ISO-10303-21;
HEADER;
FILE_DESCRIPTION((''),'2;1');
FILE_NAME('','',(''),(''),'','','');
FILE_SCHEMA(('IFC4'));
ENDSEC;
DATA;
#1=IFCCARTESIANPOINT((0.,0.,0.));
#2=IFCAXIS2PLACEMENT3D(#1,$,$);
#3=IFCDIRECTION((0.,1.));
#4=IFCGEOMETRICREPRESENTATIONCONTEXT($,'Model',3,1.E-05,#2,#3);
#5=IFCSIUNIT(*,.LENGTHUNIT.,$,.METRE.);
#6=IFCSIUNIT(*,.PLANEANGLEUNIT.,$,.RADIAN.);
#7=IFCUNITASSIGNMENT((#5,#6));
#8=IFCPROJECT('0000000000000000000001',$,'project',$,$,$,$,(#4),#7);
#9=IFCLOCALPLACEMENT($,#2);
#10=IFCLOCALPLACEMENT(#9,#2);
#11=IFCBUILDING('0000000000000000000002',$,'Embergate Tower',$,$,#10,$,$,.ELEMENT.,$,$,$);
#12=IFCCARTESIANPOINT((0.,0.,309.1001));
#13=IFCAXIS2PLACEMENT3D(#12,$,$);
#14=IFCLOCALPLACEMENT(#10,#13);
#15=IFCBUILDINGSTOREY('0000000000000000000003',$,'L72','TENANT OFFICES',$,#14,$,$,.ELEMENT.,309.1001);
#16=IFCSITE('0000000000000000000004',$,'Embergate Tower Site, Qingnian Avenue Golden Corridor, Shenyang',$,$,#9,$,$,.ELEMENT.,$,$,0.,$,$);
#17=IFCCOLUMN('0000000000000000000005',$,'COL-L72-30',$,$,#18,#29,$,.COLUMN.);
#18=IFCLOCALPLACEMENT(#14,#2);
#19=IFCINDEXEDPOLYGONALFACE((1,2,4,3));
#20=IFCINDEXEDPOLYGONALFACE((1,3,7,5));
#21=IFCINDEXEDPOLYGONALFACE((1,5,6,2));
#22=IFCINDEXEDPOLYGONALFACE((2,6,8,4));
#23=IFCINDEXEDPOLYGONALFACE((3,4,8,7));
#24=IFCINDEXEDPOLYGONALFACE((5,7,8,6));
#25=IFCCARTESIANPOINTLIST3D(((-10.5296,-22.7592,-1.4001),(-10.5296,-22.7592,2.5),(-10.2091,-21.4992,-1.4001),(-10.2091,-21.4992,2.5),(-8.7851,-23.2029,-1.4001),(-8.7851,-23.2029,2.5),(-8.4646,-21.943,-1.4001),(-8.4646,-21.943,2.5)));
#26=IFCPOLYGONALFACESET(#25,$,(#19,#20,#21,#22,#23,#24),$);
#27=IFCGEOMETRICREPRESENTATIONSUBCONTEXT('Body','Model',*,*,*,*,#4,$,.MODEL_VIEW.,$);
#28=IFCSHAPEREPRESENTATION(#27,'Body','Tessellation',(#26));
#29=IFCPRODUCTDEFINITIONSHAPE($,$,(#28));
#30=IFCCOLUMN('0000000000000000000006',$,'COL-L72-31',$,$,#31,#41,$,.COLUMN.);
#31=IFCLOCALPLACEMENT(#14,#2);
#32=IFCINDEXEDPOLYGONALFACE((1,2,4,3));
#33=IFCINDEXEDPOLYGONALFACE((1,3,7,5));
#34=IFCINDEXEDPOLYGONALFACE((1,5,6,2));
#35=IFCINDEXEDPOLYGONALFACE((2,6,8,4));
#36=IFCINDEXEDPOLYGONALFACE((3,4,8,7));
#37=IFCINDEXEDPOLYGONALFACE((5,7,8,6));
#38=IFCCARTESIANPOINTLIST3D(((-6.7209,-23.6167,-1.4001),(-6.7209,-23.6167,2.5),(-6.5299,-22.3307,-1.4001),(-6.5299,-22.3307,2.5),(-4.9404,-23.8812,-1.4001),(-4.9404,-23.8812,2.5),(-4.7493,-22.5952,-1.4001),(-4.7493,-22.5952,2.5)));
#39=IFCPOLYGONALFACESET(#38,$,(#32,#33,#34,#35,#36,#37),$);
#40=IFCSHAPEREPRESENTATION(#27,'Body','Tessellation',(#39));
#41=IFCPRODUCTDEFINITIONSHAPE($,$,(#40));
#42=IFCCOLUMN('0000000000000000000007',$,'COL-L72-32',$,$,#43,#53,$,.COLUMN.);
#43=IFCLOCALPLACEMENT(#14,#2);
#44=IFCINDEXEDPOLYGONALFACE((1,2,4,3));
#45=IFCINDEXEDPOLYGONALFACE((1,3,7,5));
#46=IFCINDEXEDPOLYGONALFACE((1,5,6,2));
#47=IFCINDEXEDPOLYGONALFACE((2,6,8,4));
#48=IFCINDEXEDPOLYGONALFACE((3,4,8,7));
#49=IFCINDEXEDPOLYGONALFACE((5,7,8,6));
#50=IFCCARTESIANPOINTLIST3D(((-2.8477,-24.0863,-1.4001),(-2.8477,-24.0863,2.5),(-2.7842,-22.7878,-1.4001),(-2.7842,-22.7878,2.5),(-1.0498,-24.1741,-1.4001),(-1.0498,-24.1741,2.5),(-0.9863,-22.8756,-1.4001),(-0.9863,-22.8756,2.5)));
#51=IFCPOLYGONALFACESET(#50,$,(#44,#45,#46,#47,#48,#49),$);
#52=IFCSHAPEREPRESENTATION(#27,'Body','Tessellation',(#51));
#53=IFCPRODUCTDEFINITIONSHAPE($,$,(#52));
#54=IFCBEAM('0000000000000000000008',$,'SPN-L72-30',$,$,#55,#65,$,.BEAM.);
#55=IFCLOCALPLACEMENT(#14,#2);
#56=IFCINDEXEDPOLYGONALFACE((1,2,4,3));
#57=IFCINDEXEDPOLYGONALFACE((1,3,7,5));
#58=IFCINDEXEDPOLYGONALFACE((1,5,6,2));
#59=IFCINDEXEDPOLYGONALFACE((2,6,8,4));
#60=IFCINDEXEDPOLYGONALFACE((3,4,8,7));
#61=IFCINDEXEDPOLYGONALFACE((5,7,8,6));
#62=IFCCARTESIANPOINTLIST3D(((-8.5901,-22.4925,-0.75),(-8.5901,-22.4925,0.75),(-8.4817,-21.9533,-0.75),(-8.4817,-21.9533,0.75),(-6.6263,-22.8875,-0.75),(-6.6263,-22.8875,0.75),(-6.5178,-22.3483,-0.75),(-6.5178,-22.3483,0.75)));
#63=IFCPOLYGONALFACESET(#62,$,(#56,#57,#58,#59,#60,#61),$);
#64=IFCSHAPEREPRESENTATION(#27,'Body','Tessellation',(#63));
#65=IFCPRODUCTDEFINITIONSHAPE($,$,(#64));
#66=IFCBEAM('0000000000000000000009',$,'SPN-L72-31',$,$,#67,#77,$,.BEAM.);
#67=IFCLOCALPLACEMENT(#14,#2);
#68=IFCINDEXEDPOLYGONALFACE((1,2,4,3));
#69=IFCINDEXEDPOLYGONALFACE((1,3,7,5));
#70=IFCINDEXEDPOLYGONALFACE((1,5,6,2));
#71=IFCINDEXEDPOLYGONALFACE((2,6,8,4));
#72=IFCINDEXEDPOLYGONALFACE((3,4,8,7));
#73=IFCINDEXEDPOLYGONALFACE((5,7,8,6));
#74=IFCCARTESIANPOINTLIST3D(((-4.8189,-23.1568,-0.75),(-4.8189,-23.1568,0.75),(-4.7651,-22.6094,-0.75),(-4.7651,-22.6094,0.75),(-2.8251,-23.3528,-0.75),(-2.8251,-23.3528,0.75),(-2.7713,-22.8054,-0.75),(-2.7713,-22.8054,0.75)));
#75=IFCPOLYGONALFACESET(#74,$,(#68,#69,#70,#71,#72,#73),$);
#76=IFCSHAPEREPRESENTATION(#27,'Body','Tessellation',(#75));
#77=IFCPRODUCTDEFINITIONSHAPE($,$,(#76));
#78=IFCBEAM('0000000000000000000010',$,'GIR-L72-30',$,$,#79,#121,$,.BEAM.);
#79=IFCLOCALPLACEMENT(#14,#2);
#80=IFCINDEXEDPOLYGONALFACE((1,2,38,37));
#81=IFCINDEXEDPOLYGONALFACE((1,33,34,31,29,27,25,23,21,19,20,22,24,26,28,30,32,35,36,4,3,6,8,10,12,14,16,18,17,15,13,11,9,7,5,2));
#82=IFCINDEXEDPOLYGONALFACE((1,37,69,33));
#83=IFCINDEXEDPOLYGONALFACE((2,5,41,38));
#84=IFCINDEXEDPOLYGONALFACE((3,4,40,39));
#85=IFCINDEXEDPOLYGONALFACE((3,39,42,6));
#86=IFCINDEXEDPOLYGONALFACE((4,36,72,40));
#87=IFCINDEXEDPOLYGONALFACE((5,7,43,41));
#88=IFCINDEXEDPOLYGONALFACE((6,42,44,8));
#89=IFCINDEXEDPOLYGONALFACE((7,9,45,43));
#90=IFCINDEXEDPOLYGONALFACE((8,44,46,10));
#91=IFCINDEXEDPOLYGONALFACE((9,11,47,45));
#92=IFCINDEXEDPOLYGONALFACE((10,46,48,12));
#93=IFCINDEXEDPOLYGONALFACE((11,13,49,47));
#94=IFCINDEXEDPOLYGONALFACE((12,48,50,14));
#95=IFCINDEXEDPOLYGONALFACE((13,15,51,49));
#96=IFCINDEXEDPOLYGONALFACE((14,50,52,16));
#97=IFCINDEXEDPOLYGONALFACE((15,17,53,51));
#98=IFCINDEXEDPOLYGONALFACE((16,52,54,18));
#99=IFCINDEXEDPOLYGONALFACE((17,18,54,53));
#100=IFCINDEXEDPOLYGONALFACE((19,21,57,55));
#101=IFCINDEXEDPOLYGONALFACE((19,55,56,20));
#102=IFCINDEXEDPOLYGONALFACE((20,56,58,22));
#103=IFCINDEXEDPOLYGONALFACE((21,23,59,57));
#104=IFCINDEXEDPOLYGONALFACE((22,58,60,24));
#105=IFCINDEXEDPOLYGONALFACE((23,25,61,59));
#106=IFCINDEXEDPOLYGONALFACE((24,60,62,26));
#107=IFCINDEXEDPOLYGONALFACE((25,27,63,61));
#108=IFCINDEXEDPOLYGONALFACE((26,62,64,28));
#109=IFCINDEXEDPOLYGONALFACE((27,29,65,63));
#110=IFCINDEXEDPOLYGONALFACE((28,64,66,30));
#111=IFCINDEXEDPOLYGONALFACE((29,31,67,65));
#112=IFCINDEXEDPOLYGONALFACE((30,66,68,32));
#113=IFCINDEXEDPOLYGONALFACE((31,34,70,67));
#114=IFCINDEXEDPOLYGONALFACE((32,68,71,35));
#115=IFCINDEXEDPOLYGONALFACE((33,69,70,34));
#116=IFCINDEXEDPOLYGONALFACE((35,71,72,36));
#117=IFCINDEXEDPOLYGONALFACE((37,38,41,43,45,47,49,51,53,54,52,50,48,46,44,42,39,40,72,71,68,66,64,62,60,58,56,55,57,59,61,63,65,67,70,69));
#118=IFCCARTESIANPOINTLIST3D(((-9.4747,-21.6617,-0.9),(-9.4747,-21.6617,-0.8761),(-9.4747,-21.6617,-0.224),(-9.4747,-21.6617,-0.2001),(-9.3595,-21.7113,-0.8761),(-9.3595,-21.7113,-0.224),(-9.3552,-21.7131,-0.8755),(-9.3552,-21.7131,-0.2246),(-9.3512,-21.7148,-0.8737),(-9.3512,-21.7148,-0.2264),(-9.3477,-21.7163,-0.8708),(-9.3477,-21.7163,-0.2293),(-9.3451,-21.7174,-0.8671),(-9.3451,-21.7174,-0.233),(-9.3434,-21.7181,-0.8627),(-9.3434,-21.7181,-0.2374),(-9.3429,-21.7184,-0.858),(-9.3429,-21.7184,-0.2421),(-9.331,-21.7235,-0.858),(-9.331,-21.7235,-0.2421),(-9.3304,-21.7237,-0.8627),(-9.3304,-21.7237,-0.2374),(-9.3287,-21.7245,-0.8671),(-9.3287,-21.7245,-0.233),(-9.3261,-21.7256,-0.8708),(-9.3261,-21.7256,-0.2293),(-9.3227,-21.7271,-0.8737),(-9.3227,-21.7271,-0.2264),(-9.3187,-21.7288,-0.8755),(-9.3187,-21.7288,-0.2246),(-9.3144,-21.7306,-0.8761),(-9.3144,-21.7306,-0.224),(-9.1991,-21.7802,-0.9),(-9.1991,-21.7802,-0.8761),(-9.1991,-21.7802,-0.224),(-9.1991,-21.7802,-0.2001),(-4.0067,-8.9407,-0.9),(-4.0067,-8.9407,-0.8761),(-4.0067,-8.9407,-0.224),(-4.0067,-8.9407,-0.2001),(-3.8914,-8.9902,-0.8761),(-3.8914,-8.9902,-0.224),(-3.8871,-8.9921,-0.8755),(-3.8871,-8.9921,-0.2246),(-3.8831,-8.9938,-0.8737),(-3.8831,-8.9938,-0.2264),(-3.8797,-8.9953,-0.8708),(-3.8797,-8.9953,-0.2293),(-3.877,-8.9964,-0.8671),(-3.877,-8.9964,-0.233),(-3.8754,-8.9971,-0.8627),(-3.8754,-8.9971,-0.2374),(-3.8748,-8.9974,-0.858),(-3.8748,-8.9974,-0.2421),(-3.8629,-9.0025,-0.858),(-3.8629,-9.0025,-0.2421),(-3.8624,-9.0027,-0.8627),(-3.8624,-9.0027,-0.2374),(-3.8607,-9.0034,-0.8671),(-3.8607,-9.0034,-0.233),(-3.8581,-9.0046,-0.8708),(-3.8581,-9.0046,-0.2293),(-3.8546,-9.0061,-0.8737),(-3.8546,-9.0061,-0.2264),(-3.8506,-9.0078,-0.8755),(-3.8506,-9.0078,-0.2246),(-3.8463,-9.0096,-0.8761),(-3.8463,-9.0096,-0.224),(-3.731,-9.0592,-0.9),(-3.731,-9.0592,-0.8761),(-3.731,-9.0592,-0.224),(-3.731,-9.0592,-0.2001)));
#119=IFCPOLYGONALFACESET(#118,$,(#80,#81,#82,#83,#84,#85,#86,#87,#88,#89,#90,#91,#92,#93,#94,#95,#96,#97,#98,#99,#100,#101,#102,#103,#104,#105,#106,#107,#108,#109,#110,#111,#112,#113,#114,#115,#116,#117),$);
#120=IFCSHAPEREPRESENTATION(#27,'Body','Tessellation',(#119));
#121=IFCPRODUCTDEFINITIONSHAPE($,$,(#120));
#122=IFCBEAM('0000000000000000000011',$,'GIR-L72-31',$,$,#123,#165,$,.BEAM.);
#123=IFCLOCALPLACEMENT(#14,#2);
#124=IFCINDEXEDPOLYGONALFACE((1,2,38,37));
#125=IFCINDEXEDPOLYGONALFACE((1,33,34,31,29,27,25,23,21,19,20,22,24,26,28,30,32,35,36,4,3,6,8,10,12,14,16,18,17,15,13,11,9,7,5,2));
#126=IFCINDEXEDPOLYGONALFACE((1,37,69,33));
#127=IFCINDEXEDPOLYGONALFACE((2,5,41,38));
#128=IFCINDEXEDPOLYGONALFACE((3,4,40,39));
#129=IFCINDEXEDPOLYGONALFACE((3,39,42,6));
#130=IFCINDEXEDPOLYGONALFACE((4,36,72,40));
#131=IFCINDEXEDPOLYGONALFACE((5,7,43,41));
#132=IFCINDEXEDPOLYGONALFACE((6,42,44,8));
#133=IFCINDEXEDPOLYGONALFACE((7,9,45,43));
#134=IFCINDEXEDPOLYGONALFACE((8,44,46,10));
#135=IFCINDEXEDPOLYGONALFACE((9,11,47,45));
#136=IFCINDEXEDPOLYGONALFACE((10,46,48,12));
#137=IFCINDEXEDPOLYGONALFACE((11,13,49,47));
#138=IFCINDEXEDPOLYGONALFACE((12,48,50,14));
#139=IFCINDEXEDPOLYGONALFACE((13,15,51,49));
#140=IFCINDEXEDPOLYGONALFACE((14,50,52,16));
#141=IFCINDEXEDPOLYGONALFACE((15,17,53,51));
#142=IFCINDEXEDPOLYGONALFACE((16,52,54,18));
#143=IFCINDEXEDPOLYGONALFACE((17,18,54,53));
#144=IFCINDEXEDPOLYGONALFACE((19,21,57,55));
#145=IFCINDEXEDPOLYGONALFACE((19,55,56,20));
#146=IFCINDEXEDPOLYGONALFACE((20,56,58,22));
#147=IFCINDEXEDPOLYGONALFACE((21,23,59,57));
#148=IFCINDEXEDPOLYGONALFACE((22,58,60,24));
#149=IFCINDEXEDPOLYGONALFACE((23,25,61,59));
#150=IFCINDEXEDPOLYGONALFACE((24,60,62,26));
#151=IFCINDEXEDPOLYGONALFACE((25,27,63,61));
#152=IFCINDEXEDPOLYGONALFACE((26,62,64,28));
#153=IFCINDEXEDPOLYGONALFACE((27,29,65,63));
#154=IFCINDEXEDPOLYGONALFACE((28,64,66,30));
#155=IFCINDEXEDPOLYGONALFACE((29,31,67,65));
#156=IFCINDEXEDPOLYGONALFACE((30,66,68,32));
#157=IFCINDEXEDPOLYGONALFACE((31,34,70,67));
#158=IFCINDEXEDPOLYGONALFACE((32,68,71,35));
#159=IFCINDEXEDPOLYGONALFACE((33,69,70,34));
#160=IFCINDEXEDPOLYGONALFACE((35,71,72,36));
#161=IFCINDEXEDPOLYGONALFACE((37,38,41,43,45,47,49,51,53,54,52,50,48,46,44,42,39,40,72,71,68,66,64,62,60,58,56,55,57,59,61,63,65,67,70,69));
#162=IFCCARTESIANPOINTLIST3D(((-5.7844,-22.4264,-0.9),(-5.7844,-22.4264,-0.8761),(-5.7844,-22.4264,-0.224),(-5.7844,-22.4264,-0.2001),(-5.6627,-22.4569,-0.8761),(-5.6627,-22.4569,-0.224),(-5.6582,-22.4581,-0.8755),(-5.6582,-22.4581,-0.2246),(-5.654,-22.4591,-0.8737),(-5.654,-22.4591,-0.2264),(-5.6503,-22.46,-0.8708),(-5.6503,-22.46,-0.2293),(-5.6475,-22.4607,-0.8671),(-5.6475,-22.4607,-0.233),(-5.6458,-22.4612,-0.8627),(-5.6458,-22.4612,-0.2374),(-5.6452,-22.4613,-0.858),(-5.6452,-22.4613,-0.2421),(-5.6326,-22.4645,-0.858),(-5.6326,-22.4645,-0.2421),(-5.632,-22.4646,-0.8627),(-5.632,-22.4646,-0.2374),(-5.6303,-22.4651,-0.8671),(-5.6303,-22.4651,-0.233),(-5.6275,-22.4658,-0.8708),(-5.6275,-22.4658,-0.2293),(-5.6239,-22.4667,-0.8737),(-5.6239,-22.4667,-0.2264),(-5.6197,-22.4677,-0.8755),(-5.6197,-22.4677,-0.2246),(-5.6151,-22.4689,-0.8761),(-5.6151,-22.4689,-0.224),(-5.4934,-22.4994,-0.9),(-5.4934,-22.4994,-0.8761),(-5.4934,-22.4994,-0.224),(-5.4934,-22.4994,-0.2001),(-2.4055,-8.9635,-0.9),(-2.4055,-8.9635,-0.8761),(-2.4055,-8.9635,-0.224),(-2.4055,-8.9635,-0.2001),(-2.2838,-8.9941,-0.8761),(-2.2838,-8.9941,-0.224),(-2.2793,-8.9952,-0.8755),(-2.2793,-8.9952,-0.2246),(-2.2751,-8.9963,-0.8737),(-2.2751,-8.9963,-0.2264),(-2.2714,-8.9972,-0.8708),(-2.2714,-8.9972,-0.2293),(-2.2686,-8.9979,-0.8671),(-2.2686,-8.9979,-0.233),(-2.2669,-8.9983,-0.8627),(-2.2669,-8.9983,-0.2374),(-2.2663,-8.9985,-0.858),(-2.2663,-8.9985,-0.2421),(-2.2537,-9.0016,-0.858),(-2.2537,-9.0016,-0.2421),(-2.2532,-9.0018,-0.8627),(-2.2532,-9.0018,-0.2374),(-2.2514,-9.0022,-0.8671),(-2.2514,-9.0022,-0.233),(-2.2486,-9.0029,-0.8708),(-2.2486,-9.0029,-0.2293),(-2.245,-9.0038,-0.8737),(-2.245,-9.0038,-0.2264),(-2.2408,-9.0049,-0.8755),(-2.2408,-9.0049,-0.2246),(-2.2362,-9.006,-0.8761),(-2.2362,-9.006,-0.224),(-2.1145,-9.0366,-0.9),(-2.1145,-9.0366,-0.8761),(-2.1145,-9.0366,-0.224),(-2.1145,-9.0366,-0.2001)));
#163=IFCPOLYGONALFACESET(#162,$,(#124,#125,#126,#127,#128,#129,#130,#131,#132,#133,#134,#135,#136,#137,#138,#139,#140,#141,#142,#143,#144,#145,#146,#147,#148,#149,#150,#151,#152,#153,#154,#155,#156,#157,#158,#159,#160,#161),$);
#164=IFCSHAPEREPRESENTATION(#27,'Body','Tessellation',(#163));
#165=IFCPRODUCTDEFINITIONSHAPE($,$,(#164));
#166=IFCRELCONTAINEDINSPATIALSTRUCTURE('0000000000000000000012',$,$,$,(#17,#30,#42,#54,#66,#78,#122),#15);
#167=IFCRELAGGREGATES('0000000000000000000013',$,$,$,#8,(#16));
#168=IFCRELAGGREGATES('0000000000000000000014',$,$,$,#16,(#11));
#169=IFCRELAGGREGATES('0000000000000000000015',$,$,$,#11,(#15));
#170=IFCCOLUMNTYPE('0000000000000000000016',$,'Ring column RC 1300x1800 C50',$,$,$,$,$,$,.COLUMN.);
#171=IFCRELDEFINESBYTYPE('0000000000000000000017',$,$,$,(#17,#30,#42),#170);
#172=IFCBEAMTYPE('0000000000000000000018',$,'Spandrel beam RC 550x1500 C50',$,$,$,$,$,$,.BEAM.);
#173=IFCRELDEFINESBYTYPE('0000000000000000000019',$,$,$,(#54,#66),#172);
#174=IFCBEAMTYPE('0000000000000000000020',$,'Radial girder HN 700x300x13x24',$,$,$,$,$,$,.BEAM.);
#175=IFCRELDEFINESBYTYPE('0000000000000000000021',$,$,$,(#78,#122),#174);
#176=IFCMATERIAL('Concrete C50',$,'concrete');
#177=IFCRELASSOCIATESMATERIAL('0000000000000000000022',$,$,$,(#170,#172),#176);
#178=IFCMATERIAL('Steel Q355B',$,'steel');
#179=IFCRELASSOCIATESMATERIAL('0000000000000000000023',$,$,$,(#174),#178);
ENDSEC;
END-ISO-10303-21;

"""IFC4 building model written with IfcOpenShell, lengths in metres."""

from ifc_helpers import new_model, si_unit, direction, frame, origin, origin_2d, place, context, subcontext, project, spatial, rectangle, i_section, extrude, source, transform, mapped, material, material_profile, profile_set, type_object, element, save


model = new_model("IFC4")

# Units and contexts
model_context = context("Model", 3, precision=1e-05, world=origin(), true_north=direction((0.0, 1.0)))
body_context = subcontext(model_context, "Body", "Model", "MODEL_VIEW")
ifc_project = project(units=[si_unit("LENGTHUNIT", "METRE"), si_unit("PLANEANGLEUNIT", "RADIAN")], contexts=[model_context])

# Site, building, storey
site_placement = place(None, origin())
site = spatial("IfcSite", under=ifc_project, at=site_placement, Name="Embergate Tower Site, Qingnian Avenue Golden Corridor, Shenyang", CompositionType="ELEMENT", RefElevation=0.0)
building_placement = place(site_placement, origin())
building = spatial("IfcBuilding", under=site, at=building_placement, Name="Embergate Tower", CompositionType="ELEMENT")
storey_placement = place(building_placement, frame((0.0, 0.0, 309.1001)))
storey = spatial("IfcBuildingStorey", under=building, at=storey_placement, Name="L72", Description="TENANT OFFICES", CompositionType="ELEMENT", Elevation=309.1001)

# Columns
ifc_material_1 = material(Name="Concrete C50", Category="concrete")
ifc_material_profile_1 = material_profile(ifc_material_1, rectangle(XDim=1.3, YDim=1.8, at=origin_2d()), Name="RC 1300x1800")
ifc_profile_set_1 = profile_set([ifc_material_profile_1], Name="Concrete C50")
column_type = type_object("IfcColumnType", Name="Ring column RC 1300x1800 C50", PredefinedType="COLUMN", material=ifc_profile_set_1)
shared_shape_1 = source(origin(), body_context, "Body", "SweptSolid", [
    extrude(rectangle(XDim=1.3, YDim=1.8, at=origin_2d()), origin(), (0.0, 0.0, 1.0), 3.9001),
])
for number, where, z_axis, x_axis, name in (
    (1, (-9.4971, -22.3511, -1.4001), (0.0, 0.0, 1.0), (-0.246509, -0.969141, 0.0), "COL-L72-30"),
    (2, (-5.7351, -23.106, -1.4001), (0.0, 0.0, 1.0), (-0.146929, -0.989147, 0.0), "COL-L72-31"),
    (3, (-1.917, -23.481, -1.4001), (0.0, 0.0, 1.0), (-0.048815, -0.998808, 0.0), "COL-L72-32"),
):
    element("IfcColumn", number, at=place(storey_placement, frame(where, z_axis=z_axis, x_axis=x_axis)), inside=storey, type_object=column_type, Name=name, PredefinedType="COLUMN", context=body_context, shape_type="MappedRepresentation", body=[
        mapped(shared_shape_1, transform((0.0, 0.0, 0.0))),
    ])

# Beams
ifc_material_profile_2 = material_profile(ifc_material_1, rectangle(XDim=0.55, YDim=1.5, at=origin_2d()), Name="RC 550x1500")
ifc_profile_set_2 = profile_set([ifc_material_profile_2], Name="Concrete C50")
beam_type_1 = type_object("IfcBeamType", Name="Spandrel beam RC 550x1500 C50", PredefinedType="BEAM", material=ifc_profile_set_2)
shared_shape_2 = source(origin(), body_context, "Body", "SweptSolid", [
    extrude(rectangle(XDim=0.55, YDim=1.5, at=origin_2d()), origin(), (0.0, 0.0, 1.0), 2.0032),
])
beam_1_placement = place(storey_placement, frame((-8.5359, -22.2229, 0.0), z_axis=(0.980364, -0.197194, 0.0), x_axis=(0.197194, 0.980364, 0.0)))
element("IfcBeam", 4, at=beam_1_placement, inside=storey, type_object=beam_type_1, Name="SPN-L72-30", PredefinedType="BEAM", context=body_context, shape_type="MappedRepresentation", body=[
    mapped(shared_shape_2, transform((0.0, 0.0, 0.0))),
])
shared_shape_3 = source(origin(), body_context, "Body", "SweptSolid", [
    extrude(rectangle(XDim=0.55, YDim=1.5, at=origin_2d()), origin(), (0.0, 0.0, 1.0), 2.0034),
])
beam_2_placement = place(storey_placement, frame((-4.792, -22.8831, 0.0), z_axis=(0.995201, -0.097851, 0.0), x_axis=(0.097851, 0.995201, 0.0)))
element("IfcBeam", 5, at=beam_2_placement, inside=storey, type_object=beam_type_1, Name="SPN-L72-31", PredefinedType="BEAM", context=body_context, shape_type="MappedRepresentation", body=[
    mapped(shared_shape_3, transform((0.0, 0.0, 0.0))),
])
ifc_material_2 = material(Name="Steel Q355B", Category="steel")
ifc_material_profile_3 = material_profile(ifc_material_2, i_section(OverallWidth=0.3, OverallDepth=0.7, WebThickness=0.0129, FlangeThickness=0.0239, FilletRadius=0.0181, at=origin_2d()), Name="HN 700x300x13x24")
ifc_profile_set_3 = profile_set([ifc_material_profile_3], Name="Steel Q355 grade B")
beam_type_2 = type_object("IfcBeamType", Name="Radial girder HN 700x300x13x24", PredefinedType="BEAM", material=ifc_profile_set_3)
shared_shape_4 = source(origin(), body_context, "Body", "SweptSolid", [
    extrude(i_section(OverallWidth=0.3, OverallDepth=0.7, WebThickness=0.0129, FlangeThickness=0.0239, FilletRadius=0.0181, at=origin_2d()), origin(), (0.0, 0.0, 1.0), 13.8464),
])
beam_3_placement = place(storey_placement, frame((-9.3369, -21.7209, -0.55), z_axis=(0.394906, 0.918721, 0.0), x_axis=(-0.918721, 0.394906, 0.0)))
element("IfcBeam", 6, at=beam_3_placement, inside=storey, type_object=beam_type_2, Name="GIR-L72-30", PredefinedType="BEAM", context=body_context, shape_type="MappedRepresentation", body=[
    mapped(shared_shape_4, transform((0.0, 0.0, 0.0))),
])
shared_shape_5 = source(origin(), body_context, "Body", "SweptSolid", [
    extrude(i_section(OverallWidth=0.3, OverallDepth=0.7, WebThickness=0.0129, FlangeThickness=0.0239, FilletRadius=0.0181, at=origin_2d()), origin(), (0.0, 0.0, 1.0), 13.8804),
])
beam_4_placement = place(storey_placement, frame((-5.6389, -22.4629, -0.55), z_axis=(0.243429, 0.969919, 0.0), x_axis=(-0.969919, 0.243429, 0.0)))
element("IfcBeam", 7, at=beam_4_placement, inside=storey, type_object=beam_type_2, Name="GIR-L72-31", PredefinedType="BEAM", context=body_context, shape_type="MappedRepresentation", body=[
    mapped(shared_shape_5, transform((0.0, 0.0, 0.0))),
])

save(model, "model.ifc")
